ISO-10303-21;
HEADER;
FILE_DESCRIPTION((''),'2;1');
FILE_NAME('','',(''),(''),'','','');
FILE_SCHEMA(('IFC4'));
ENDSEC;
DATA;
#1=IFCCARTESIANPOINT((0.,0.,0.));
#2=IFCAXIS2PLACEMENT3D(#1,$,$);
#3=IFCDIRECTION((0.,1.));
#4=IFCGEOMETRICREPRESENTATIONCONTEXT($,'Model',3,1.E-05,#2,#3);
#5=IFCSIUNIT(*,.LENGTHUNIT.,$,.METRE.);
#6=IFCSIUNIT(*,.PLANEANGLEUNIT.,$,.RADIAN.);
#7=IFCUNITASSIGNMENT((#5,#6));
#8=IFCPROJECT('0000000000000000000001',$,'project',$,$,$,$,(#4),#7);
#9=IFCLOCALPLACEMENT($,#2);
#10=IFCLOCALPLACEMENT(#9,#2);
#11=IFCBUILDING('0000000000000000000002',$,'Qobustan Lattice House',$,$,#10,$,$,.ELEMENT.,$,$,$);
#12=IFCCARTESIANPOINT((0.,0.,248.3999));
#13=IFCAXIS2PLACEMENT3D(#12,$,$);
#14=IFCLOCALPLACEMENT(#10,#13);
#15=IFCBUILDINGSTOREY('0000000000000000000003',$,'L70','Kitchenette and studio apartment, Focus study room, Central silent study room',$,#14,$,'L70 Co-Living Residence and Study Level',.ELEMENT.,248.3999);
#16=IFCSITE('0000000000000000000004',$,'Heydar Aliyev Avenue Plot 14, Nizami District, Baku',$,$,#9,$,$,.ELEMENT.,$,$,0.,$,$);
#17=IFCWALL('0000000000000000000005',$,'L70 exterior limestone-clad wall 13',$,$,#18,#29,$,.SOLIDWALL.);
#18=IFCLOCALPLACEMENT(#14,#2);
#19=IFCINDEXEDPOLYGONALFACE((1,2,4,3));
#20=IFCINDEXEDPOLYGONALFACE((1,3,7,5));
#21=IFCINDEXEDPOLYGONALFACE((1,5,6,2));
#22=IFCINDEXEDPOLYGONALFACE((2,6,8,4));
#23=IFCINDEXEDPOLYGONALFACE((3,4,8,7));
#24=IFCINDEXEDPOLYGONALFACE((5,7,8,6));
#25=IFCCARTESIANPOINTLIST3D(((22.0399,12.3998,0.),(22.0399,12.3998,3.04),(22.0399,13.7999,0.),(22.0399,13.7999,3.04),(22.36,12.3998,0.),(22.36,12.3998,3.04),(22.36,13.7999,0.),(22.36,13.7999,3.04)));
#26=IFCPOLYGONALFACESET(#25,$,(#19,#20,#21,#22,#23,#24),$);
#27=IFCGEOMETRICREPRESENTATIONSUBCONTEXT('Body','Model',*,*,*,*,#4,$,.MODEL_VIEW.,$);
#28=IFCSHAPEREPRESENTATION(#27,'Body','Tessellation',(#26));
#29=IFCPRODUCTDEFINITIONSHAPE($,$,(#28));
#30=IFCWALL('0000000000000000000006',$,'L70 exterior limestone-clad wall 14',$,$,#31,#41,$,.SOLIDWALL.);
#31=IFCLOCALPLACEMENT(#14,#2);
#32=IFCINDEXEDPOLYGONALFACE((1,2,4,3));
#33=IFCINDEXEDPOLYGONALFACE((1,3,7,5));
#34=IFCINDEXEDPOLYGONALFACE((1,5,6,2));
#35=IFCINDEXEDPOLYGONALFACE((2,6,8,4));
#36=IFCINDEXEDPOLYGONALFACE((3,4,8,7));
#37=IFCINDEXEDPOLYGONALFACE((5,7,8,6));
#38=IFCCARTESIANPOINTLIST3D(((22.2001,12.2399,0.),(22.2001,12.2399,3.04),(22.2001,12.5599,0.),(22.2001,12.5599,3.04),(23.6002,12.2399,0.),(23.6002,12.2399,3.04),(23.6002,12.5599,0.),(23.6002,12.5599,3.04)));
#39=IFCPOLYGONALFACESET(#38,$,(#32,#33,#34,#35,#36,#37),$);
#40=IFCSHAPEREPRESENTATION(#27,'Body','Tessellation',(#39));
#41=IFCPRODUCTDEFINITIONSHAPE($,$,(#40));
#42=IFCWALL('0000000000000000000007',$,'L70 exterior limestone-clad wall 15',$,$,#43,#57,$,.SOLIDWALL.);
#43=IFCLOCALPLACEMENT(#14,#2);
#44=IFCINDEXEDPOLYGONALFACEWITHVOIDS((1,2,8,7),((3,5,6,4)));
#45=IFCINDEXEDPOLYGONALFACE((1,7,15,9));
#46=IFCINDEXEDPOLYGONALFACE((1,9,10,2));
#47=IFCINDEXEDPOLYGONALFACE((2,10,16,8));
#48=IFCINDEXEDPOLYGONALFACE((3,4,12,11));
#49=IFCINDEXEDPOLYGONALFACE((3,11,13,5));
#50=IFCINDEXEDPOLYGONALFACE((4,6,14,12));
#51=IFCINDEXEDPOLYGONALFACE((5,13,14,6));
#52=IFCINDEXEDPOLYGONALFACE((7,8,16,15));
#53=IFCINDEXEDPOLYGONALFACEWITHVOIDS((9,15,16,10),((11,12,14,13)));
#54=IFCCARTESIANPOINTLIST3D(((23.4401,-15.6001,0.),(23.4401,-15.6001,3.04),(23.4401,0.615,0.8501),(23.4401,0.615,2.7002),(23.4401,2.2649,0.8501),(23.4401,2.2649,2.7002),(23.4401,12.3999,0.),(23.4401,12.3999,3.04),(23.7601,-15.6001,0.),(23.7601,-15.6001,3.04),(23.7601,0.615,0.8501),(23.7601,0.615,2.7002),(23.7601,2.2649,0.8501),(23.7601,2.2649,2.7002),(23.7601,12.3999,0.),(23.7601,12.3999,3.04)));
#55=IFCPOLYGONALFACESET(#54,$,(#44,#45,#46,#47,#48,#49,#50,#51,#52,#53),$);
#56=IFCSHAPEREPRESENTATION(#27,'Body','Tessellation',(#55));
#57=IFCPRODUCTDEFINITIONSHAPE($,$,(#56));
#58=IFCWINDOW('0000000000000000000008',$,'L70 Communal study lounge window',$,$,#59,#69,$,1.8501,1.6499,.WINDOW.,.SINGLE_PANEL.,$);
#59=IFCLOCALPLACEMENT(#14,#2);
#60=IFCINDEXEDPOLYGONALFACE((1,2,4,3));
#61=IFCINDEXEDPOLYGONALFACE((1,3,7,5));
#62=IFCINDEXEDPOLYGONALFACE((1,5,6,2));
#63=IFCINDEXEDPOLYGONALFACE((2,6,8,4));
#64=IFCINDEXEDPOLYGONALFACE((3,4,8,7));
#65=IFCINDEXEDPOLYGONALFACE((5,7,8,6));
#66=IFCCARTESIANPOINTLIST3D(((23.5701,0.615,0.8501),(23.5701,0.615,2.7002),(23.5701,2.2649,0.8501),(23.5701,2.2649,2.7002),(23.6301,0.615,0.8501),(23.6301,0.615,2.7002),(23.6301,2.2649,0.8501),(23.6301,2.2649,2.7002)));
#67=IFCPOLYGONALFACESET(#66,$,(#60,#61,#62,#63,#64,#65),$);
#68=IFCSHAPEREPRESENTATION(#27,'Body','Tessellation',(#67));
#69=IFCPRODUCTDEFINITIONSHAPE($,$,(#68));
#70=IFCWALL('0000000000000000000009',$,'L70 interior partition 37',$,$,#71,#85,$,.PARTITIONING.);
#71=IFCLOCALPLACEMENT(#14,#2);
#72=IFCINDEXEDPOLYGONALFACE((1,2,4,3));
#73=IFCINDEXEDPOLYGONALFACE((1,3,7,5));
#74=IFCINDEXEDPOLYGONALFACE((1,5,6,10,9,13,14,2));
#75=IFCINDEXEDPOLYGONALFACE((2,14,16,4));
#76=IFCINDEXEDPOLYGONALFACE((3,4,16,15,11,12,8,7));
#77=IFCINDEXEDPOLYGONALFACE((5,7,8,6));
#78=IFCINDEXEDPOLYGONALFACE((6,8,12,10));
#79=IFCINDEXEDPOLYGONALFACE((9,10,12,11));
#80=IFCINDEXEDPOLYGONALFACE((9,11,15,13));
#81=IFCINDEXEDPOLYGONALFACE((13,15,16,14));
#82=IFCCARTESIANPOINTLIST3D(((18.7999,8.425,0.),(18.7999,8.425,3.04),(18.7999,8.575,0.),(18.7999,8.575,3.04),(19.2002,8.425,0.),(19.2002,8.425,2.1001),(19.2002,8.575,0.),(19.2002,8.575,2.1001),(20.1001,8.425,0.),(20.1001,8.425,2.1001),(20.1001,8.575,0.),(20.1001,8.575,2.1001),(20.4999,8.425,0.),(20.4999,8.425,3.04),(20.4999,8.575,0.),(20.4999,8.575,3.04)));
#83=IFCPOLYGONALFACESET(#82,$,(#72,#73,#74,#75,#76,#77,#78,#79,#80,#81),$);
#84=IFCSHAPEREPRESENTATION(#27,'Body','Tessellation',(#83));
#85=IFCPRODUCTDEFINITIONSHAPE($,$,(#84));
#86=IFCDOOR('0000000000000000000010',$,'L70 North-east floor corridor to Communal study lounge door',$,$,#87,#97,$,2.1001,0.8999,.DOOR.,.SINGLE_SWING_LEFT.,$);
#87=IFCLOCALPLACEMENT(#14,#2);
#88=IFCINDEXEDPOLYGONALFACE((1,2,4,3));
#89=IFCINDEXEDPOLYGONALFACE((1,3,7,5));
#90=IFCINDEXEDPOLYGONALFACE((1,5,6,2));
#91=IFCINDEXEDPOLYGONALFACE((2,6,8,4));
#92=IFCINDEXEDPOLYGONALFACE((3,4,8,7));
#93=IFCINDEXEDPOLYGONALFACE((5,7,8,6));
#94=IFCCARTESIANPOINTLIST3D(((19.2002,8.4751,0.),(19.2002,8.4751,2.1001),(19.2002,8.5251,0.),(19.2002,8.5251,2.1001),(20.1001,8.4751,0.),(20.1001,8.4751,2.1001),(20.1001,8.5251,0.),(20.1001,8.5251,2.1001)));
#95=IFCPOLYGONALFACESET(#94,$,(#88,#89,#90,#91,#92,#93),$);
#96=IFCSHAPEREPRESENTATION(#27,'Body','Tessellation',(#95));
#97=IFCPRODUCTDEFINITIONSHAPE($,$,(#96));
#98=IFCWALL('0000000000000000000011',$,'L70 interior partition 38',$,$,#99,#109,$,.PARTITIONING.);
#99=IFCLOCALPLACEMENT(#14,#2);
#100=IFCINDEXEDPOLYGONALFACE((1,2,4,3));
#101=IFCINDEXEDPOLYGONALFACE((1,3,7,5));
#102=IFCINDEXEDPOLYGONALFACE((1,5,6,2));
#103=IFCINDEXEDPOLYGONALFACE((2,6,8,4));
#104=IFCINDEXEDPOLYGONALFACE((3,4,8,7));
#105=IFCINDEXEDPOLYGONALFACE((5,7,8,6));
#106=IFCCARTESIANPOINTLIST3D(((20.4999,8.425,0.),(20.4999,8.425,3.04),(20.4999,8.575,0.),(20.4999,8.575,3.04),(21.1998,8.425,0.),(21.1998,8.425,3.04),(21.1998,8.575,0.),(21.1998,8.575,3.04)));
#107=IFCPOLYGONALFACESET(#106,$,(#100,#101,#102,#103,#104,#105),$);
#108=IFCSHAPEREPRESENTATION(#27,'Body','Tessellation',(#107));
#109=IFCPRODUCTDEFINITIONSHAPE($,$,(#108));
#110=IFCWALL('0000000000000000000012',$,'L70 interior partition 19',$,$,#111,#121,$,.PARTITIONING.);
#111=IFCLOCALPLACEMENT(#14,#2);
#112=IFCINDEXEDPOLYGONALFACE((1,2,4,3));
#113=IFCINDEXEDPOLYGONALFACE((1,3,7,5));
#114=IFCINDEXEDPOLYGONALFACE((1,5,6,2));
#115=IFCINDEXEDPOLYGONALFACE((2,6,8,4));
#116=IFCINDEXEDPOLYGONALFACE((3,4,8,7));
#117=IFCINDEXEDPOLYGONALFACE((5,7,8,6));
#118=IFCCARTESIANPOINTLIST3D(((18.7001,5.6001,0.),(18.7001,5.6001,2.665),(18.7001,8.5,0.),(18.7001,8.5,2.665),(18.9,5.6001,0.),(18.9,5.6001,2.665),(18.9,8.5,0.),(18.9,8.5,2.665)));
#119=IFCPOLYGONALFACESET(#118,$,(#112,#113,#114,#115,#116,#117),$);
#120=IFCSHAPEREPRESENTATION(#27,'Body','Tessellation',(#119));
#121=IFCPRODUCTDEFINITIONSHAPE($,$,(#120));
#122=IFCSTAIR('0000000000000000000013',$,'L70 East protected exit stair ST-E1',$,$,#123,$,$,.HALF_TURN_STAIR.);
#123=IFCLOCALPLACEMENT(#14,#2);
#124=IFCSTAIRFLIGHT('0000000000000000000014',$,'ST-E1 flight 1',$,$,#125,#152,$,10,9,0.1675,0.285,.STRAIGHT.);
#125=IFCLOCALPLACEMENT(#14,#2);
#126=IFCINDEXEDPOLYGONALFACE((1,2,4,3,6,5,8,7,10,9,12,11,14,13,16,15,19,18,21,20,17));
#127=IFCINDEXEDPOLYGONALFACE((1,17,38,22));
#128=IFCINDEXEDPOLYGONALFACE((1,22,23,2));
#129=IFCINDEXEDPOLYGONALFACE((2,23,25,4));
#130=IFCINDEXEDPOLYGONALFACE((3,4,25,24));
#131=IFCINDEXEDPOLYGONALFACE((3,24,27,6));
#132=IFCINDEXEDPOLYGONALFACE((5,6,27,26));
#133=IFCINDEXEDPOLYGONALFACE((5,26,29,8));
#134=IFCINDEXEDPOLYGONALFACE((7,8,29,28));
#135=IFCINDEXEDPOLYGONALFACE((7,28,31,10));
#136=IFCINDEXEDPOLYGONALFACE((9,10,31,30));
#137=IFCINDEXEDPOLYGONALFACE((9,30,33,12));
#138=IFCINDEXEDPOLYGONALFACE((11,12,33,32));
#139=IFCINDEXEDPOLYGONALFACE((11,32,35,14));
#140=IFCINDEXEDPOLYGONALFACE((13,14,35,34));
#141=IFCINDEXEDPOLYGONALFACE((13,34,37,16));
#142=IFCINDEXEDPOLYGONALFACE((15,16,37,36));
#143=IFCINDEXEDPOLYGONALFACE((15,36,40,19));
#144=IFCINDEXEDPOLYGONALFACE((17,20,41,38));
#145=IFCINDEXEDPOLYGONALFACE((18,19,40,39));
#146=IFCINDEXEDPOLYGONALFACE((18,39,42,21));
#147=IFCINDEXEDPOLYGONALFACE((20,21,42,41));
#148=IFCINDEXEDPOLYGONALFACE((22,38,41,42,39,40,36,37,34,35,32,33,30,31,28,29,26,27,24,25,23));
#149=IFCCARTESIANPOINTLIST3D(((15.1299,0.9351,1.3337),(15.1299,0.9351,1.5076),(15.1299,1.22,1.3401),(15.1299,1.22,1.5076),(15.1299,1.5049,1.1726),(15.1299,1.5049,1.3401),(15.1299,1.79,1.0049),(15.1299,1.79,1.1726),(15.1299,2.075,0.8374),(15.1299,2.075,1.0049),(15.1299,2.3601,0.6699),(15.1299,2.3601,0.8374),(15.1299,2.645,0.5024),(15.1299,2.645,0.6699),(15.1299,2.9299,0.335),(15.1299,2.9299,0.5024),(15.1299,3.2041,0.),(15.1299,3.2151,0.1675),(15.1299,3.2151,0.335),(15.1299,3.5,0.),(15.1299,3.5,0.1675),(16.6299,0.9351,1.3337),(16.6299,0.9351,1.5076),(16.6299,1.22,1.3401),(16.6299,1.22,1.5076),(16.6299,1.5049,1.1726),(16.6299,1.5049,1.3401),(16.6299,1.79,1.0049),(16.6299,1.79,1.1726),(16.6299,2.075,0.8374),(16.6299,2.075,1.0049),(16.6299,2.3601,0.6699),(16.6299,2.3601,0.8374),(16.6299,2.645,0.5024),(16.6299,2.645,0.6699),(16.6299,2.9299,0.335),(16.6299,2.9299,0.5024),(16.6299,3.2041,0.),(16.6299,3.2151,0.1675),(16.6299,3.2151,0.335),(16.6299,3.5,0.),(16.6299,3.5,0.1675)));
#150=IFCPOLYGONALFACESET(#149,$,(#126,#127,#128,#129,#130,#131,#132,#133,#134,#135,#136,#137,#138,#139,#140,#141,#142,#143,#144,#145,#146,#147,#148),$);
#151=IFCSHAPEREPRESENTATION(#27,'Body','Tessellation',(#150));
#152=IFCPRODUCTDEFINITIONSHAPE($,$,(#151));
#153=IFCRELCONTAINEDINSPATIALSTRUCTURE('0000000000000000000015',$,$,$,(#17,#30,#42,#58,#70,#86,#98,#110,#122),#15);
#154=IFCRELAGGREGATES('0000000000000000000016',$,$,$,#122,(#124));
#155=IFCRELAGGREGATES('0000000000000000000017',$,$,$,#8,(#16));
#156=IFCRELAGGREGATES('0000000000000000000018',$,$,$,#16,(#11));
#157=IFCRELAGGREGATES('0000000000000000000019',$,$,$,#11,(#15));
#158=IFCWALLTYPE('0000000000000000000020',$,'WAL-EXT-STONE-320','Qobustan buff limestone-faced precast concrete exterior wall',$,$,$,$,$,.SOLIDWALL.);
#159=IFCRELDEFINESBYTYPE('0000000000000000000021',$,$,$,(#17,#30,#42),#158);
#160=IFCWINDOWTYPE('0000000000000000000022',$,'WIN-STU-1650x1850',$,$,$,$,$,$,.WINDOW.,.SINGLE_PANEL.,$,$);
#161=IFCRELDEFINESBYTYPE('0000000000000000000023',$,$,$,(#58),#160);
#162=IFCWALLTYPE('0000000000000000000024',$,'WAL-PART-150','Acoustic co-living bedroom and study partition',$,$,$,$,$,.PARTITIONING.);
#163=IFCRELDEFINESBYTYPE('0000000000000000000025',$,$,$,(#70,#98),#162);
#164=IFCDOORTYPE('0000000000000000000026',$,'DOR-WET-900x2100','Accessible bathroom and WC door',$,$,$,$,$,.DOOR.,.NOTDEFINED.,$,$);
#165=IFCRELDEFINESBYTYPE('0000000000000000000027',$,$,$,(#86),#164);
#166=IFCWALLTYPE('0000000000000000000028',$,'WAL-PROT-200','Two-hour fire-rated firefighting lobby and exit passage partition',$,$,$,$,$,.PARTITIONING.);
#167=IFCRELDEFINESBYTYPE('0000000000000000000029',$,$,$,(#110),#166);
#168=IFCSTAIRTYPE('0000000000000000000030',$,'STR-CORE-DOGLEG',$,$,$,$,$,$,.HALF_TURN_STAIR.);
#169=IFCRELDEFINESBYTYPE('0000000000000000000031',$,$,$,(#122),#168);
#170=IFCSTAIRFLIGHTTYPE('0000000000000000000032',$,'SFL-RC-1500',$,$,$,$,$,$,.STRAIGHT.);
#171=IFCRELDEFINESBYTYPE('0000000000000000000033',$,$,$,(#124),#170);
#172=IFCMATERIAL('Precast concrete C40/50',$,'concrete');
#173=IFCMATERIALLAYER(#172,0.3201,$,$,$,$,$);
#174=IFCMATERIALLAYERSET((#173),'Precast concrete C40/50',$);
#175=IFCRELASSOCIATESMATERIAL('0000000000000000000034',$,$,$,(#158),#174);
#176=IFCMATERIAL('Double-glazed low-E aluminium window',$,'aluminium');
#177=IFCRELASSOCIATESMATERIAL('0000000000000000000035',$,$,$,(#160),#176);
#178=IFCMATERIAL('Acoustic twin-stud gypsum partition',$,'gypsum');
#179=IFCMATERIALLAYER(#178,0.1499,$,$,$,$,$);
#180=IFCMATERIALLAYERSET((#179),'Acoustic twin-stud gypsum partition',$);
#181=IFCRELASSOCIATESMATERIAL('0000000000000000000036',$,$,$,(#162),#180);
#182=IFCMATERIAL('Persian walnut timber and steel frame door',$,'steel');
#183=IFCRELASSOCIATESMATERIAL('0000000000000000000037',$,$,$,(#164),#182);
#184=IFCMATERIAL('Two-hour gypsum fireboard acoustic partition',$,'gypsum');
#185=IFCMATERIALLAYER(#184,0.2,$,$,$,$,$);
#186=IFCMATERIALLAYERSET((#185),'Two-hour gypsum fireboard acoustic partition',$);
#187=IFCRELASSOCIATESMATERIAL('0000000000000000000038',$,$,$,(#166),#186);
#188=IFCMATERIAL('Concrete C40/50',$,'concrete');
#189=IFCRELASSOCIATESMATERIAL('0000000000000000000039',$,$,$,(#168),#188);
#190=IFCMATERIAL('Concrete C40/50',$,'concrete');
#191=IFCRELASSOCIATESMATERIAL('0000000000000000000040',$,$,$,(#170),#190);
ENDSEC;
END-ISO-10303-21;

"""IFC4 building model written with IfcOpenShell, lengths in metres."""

from ifc_helpers import new_model, si_unit, direction, frame, frame_2d, origin, place, context, subcontext, project, spatial, polyline, rectangle, outline, extrude, material, layer, layer_set, type_object, element, fill, aggregate, save


model = new_model("IFC4")

# Units and contexts
model_context = context("Model", 3, precision=1e-05, world=origin(), true_north=direction((0.0, 1.0)))
body_context = subcontext(model_context, "Body", "Model", "MODEL_VIEW")
ifc_project = project(units=[si_unit("LENGTHUNIT", "METRE"), si_unit("PLANEANGLEUNIT", "RADIAN")], contexts=[model_context])

# Site, building, storey
site_placement = place(None, origin())
site = spatial("IfcSite", under=ifc_project, at=site_placement, Name="Heydar Aliyev Avenue Plot 14, Nizami District, Baku", CompositionType="ELEMENT", RefElevation=0.0)
building_placement = place(site_placement, origin())
building = spatial("IfcBuilding", under=site, at=building_placement, Name="Qobustan Lattice House", CompositionType="ELEMENT")
storey_placement = place(building_placement, frame((0.0, 0.0, 248.3999)))
storey = spatial("IfcBuildingStorey", under=building, at=storey_placement, Name="L70", Description="Kitchenette and studio apartment, Focus study room, Central silent study room", LongName="L70 Co-Living Residence and Study Level", CompositionType="ELEMENT", Elevation=248.3999)

# Walls
ifc_material_1 = material(Name="Precast concrete C40/50", Category="concrete")
ifc_layer_1 = layer(ifc_material_1, 0.3201)
ifc_layer_set_1 = layer_set([ifc_layer_1], Name="Precast concrete C40/50")
wall_type_1 = type_object("IfcWallType", Name="WAL-EXT-STONE-320", Description="Qobustan buff limestone-faced precast concrete exterior wall", PredefinedType="SOLIDWALL", material=ifc_layer_set_1)
for number, where, z_axis, x_axis, name in (
    (1, (22.2, 13.8, 0.0), (0.0, 0.0, 1.0), (0.0, -1.0, 0.0), "L70 exterior limestone-clad wall 13"),
    (2, (22.2, 12.3999, 0.0), (0.0, 0.0, 1.0), (1.0, 0.0, 0.0), "L70 exterior limestone-clad wall 14"),
):
    element("IfcWall", number, at=place(storey_placement, frame(where, z_axis=z_axis, x_axis=x_axis)), inside=storey, type_object=wall_type_1, Name=name, PredefinedType="SOLIDWALL", context=body_context, shape_type="SweptSolid", body=[
        extrude(rectangle(XDim=1.4001, YDim=0.3201, at=frame_2d((0.7002, 0.0))), origin(), (0.0, 0.0, 1.0), 3.04),
    ])

# Wall, opening, window
wall_1_placement = place(storey_placement, frame((23.6001, 12.3999, 0.0), z_axis=(0.0, 0.0, 1.0), x_axis=(0.0, -1.0, 0.0)))
wall_1 = element("IfcWall", 3, at=wall_1_placement, inside=storey, type_object=wall_type_1, Name="L70 exterior limestone-clad wall 15", PredefinedType="SOLIDWALL", context=body_context, shape_type="SweptSolid", body=[
    extrude(rectangle(XDim=28.0, YDim=0.3201, at=frame_2d((14.0, 0.0))), origin(), (0.0, 0.0, 1.0), 3.04),
])
opening_1_placement = place(wall_1_placement, frame((10.135, 0.0, 0.8501)))
opening_1 = element("IfcOpeningElement", 4, at=opening_1_placement, cuts=wall_1, PredefinedType="OPENING", context=body_context, shape_type="SweptSolid", body=[
    extrude(rectangle(XDim=1.6499, YDim=1.8501, at=frame_2d((0.825, 0.925))), frame((0.0, 0.1699, 0.0), z_axis=(0.0, -1.0, 0.0), x_axis=(1.0, 0.0, 0.0)), (0.0, 0.0, 1.0), 0.3401),
])
ifc_material_2 = material(Name="Double-glazed low-E aluminium window", Category="aluminium")
window_type = type_object("IfcWindowType", Name="WIN-STU-1650x1850", PartitioningType="SINGLE_PANEL", PredefinedType="WINDOW", material=ifc_material_2)
window_placement = place(opening_1_placement, origin())
window = element("IfcWindow", 5, at=window_placement, inside=storey, type_object=window_type, Name="L70 Communal study lounge window", OverallHeight=1.8501, OverallWidth=1.6499, PartitioningType="SINGLE_PANEL", PredefinedType="WINDOW", context=body_context, shape_type="SweptSolid", body=[
    extrude(rectangle(XDim=1.6499, YDim=1.8501, at=frame_2d((0.825, 0.925))), frame((0.0, 0.03, 0.0), z_axis=(0.0, -1.0, 0.0), x_axis=(1.0, 0.0, 0.0)), (0.0, 0.0, 1.0), 0.0601),
])
fill(opening_1, window)

# Wall, opening, door
ifc_material_3 = material(Name="Acoustic twin-stud gypsum partition", Category="gypsum")
ifc_layer_2 = layer(ifc_material_3, 0.1499)
ifc_layer_set_2 = layer_set([ifc_layer_2], Name="Acoustic twin-stud gypsum partition")
wall_type_2 = type_object("IfcWallType", Name="WAL-PART-150", Description="Acoustic co-living bedroom and study partition", PredefinedType="PARTITIONING", material=ifc_layer_set_2)
wall_2_placement = place(storey_placement, frame((20.5, 8.5, 0.0), z_axis=(0.0, 0.0, 1.0), x_axis=(-1.0, 0.0, 0.0)))
wall_2 = element("IfcWall", 6, at=wall_2_placement, inside=storey, type_object=wall_type_2, Name="L70 interior partition 37", PredefinedType="PARTITIONING", context=body_context, shape_type="SweptSolid", body=[
    extrude(rectangle(XDim=1.7, YDim=0.1499, at=frame_2d((0.8501, 0.0))), origin(), (0.0, 0.0, 1.0), 3.04),
])
opening_2_placement = place(wall_2_placement, frame((0.3999, 0.0, 0.0)))
opening_2 = element("IfcOpeningElement", 7, at=opening_2_placement, cuts=wall_2, PredefinedType="OPENING", context=body_context, shape_type="SweptSolid", body=[
    extrude(rectangle(XDim=0.8999, YDim=2.1001, at=frame_2d((0.45, 1.05))), frame((0.0, 0.085, 0.0), z_axis=(0.0, -1.0, 0.0), x_axis=(1.0, 0.0, 0.0)), (0.0, 0.0, 1.0), 0.1699),
])
ifc_material_4 = material(Name="Persian walnut timber and steel frame door", Category="steel")
door_type_1 = type_object("IfcDoorType", Name="DOR-WET-900x2100", Description="Accessible bathroom and WC door", OperationType="NOTDEFINED", PredefinedType="DOOR", material=ifc_material_4)
door_1_placement = place(opening_2_placement, origin())
door_1 = element("IfcDoor", 8, at=door_1_placement, inside=storey, type_object=door_type_1, Name="L70 North-east floor corridor to Communal study lounge door", OperationType="SINGLE_SWING_LEFT", OverallHeight=2.1001, OverallWidth=0.8999, PredefinedType="DOOR", context=body_context, shape_type="SweptSolid", body=[
    extrude(rectangle(XDim=0.8999, YDim=2.1001, at=frame_2d((0.45, 1.05))), frame((0.0, 0.0249, 0.0), z_axis=(0.0, -1.0, 0.0), x_axis=(1.0, 0.0, 0.0)), (0.0, 0.0, 1.0), 0.05),
])
fill(opening_2, door_1)

# Wall
wall_3_placement = place(storey_placement, frame((21.2, 8.5, 0.0), z_axis=(0.0, 0.0, 1.0), x_axis=(-1.0, 0.0, 0.0)))
element("IfcWall", 9, at=wall_3_placement, inside=storey, type_object=wall_type_2, Name="L70 interior partition 38", PredefinedType="PARTITIONING", context=body_context, shape_type="SweptSolid", body=[
    extrude(rectangle(XDim=0.7, YDim=0.1499, at=frame_2d((0.3501, 0.0))), origin(), (0.0, 0.0, 1.0), 3.04),
])

# Shared definitions
ifc_material_5 = material(Name="Two-hour gypsum fireboard acoustic partition", Category="gypsum")
ifc_layer_3 = layer(ifc_material_5, 0.2)
ifc_layer_set_3 = layer_set([ifc_layer_3], Name="Two-hour gypsum fireboard acoustic partition")
wall_type_3 = type_object("IfcWallType", Name="WAL-PROT-200", Description="Two-hour fire-rated firefighting lobby and exit passage partition", PredefinedType="PARTITIONING", material=ifc_layer_set_3)

# Wall
wall_4_placement = place(storey_placement, frame((18.8, 5.6001, 0.0), z_axis=(0.0, 0.0, 1.0), x_axis=(0.0, 1.0, 0.0)))
element("IfcWall", 10, at=wall_4_placement, inside=storey, type_object=wall_type_3, Name="L70 interior partition 19", PredefinedType="PARTITIONING", context=body_context, shape_type="SweptSolid", body=[
    extrude(rectangle(XDim=2.8999, YDim=0.2, at=frame_2d((1.45, 0.0))), origin(), (0.0, 0.0, 1.0), 2.665),
])

# Stair, stair flight
ifc_material_6 = material(Name="Concrete C40/50", Category="concrete")
stair_type = type_object("IfcStairType", Name="STR-CORE-DOGLEG", PredefinedType="HALF_TURN_STAIR", material=ifc_material_6)
stair_placement = place(storey_placement, origin())
stair = element("IfcStair", 11, at=stair_placement, inside=storey, type_object=stair_type, Name="L70 East protected exit stair ST-E1", PredefinedType="HALF_TURN_STAIR")
ifc_material_7 = material(Name="Concrete C40/50", Category="concrete")
stair_flight_type = type_object("IfcStairFlightType", Name="SFL-RC-1500", PredefinedType="STRAIGHT", material=ifc_material_7)
stair_flight_1_placement = place(storey_placement, frame((15.8799, 3.5, 0.0), z_axis=(0.0, 0.0, 1.0), x_axis=(0.0, -1.0, 0.0)))
stair_flight_1 = element("IfcStairFlight", 12, at=stair_flight_1_placement, type_object=stair_flight_type, Name="ST-E1 flight 1", NumberOfRisers=10, NumberOfTreads=9, PredefinedType="STRAIGHT", RiserHeight=0.1675, TreadLength=0.285, context=body_context, shape_type="SweptSolid", body=[
    extrude(outline(polyline([(0.0, 0.0), (0.0, 0.1675), (0.2849, 0.1675), (0.2849, 0.335), (0.5701, 0.335), (0.5701, 0.5024), (0.855, 0.5024), (0.855, 0.6699), (1.1399, 0.6699), (1.1399, 0.8374), (1.425, 0.8374), (1.425, 1.0049), (1.71, 1.0049), (1.71, 1.1726), (1.9951, 1.1726), (1.9951, 1.3401), (2.28, 1.3401), (2.28, 1.5076), (2.5649, 1.5076), (2.5649, 1.675), (2.5649, 1.3337), (0.2959, 0.0), (0.0, 0.0)])), frame((0.0, 0.75, 0.0), z_axis=(0.0, -1.0, 0.0), x_axis=(1.0, 0.0, 0.0)), (0.0, 0.0, 1.0), 1.5),
])
aggregate(stair, [stair_flight_1])

save(model, "model.ifc")
